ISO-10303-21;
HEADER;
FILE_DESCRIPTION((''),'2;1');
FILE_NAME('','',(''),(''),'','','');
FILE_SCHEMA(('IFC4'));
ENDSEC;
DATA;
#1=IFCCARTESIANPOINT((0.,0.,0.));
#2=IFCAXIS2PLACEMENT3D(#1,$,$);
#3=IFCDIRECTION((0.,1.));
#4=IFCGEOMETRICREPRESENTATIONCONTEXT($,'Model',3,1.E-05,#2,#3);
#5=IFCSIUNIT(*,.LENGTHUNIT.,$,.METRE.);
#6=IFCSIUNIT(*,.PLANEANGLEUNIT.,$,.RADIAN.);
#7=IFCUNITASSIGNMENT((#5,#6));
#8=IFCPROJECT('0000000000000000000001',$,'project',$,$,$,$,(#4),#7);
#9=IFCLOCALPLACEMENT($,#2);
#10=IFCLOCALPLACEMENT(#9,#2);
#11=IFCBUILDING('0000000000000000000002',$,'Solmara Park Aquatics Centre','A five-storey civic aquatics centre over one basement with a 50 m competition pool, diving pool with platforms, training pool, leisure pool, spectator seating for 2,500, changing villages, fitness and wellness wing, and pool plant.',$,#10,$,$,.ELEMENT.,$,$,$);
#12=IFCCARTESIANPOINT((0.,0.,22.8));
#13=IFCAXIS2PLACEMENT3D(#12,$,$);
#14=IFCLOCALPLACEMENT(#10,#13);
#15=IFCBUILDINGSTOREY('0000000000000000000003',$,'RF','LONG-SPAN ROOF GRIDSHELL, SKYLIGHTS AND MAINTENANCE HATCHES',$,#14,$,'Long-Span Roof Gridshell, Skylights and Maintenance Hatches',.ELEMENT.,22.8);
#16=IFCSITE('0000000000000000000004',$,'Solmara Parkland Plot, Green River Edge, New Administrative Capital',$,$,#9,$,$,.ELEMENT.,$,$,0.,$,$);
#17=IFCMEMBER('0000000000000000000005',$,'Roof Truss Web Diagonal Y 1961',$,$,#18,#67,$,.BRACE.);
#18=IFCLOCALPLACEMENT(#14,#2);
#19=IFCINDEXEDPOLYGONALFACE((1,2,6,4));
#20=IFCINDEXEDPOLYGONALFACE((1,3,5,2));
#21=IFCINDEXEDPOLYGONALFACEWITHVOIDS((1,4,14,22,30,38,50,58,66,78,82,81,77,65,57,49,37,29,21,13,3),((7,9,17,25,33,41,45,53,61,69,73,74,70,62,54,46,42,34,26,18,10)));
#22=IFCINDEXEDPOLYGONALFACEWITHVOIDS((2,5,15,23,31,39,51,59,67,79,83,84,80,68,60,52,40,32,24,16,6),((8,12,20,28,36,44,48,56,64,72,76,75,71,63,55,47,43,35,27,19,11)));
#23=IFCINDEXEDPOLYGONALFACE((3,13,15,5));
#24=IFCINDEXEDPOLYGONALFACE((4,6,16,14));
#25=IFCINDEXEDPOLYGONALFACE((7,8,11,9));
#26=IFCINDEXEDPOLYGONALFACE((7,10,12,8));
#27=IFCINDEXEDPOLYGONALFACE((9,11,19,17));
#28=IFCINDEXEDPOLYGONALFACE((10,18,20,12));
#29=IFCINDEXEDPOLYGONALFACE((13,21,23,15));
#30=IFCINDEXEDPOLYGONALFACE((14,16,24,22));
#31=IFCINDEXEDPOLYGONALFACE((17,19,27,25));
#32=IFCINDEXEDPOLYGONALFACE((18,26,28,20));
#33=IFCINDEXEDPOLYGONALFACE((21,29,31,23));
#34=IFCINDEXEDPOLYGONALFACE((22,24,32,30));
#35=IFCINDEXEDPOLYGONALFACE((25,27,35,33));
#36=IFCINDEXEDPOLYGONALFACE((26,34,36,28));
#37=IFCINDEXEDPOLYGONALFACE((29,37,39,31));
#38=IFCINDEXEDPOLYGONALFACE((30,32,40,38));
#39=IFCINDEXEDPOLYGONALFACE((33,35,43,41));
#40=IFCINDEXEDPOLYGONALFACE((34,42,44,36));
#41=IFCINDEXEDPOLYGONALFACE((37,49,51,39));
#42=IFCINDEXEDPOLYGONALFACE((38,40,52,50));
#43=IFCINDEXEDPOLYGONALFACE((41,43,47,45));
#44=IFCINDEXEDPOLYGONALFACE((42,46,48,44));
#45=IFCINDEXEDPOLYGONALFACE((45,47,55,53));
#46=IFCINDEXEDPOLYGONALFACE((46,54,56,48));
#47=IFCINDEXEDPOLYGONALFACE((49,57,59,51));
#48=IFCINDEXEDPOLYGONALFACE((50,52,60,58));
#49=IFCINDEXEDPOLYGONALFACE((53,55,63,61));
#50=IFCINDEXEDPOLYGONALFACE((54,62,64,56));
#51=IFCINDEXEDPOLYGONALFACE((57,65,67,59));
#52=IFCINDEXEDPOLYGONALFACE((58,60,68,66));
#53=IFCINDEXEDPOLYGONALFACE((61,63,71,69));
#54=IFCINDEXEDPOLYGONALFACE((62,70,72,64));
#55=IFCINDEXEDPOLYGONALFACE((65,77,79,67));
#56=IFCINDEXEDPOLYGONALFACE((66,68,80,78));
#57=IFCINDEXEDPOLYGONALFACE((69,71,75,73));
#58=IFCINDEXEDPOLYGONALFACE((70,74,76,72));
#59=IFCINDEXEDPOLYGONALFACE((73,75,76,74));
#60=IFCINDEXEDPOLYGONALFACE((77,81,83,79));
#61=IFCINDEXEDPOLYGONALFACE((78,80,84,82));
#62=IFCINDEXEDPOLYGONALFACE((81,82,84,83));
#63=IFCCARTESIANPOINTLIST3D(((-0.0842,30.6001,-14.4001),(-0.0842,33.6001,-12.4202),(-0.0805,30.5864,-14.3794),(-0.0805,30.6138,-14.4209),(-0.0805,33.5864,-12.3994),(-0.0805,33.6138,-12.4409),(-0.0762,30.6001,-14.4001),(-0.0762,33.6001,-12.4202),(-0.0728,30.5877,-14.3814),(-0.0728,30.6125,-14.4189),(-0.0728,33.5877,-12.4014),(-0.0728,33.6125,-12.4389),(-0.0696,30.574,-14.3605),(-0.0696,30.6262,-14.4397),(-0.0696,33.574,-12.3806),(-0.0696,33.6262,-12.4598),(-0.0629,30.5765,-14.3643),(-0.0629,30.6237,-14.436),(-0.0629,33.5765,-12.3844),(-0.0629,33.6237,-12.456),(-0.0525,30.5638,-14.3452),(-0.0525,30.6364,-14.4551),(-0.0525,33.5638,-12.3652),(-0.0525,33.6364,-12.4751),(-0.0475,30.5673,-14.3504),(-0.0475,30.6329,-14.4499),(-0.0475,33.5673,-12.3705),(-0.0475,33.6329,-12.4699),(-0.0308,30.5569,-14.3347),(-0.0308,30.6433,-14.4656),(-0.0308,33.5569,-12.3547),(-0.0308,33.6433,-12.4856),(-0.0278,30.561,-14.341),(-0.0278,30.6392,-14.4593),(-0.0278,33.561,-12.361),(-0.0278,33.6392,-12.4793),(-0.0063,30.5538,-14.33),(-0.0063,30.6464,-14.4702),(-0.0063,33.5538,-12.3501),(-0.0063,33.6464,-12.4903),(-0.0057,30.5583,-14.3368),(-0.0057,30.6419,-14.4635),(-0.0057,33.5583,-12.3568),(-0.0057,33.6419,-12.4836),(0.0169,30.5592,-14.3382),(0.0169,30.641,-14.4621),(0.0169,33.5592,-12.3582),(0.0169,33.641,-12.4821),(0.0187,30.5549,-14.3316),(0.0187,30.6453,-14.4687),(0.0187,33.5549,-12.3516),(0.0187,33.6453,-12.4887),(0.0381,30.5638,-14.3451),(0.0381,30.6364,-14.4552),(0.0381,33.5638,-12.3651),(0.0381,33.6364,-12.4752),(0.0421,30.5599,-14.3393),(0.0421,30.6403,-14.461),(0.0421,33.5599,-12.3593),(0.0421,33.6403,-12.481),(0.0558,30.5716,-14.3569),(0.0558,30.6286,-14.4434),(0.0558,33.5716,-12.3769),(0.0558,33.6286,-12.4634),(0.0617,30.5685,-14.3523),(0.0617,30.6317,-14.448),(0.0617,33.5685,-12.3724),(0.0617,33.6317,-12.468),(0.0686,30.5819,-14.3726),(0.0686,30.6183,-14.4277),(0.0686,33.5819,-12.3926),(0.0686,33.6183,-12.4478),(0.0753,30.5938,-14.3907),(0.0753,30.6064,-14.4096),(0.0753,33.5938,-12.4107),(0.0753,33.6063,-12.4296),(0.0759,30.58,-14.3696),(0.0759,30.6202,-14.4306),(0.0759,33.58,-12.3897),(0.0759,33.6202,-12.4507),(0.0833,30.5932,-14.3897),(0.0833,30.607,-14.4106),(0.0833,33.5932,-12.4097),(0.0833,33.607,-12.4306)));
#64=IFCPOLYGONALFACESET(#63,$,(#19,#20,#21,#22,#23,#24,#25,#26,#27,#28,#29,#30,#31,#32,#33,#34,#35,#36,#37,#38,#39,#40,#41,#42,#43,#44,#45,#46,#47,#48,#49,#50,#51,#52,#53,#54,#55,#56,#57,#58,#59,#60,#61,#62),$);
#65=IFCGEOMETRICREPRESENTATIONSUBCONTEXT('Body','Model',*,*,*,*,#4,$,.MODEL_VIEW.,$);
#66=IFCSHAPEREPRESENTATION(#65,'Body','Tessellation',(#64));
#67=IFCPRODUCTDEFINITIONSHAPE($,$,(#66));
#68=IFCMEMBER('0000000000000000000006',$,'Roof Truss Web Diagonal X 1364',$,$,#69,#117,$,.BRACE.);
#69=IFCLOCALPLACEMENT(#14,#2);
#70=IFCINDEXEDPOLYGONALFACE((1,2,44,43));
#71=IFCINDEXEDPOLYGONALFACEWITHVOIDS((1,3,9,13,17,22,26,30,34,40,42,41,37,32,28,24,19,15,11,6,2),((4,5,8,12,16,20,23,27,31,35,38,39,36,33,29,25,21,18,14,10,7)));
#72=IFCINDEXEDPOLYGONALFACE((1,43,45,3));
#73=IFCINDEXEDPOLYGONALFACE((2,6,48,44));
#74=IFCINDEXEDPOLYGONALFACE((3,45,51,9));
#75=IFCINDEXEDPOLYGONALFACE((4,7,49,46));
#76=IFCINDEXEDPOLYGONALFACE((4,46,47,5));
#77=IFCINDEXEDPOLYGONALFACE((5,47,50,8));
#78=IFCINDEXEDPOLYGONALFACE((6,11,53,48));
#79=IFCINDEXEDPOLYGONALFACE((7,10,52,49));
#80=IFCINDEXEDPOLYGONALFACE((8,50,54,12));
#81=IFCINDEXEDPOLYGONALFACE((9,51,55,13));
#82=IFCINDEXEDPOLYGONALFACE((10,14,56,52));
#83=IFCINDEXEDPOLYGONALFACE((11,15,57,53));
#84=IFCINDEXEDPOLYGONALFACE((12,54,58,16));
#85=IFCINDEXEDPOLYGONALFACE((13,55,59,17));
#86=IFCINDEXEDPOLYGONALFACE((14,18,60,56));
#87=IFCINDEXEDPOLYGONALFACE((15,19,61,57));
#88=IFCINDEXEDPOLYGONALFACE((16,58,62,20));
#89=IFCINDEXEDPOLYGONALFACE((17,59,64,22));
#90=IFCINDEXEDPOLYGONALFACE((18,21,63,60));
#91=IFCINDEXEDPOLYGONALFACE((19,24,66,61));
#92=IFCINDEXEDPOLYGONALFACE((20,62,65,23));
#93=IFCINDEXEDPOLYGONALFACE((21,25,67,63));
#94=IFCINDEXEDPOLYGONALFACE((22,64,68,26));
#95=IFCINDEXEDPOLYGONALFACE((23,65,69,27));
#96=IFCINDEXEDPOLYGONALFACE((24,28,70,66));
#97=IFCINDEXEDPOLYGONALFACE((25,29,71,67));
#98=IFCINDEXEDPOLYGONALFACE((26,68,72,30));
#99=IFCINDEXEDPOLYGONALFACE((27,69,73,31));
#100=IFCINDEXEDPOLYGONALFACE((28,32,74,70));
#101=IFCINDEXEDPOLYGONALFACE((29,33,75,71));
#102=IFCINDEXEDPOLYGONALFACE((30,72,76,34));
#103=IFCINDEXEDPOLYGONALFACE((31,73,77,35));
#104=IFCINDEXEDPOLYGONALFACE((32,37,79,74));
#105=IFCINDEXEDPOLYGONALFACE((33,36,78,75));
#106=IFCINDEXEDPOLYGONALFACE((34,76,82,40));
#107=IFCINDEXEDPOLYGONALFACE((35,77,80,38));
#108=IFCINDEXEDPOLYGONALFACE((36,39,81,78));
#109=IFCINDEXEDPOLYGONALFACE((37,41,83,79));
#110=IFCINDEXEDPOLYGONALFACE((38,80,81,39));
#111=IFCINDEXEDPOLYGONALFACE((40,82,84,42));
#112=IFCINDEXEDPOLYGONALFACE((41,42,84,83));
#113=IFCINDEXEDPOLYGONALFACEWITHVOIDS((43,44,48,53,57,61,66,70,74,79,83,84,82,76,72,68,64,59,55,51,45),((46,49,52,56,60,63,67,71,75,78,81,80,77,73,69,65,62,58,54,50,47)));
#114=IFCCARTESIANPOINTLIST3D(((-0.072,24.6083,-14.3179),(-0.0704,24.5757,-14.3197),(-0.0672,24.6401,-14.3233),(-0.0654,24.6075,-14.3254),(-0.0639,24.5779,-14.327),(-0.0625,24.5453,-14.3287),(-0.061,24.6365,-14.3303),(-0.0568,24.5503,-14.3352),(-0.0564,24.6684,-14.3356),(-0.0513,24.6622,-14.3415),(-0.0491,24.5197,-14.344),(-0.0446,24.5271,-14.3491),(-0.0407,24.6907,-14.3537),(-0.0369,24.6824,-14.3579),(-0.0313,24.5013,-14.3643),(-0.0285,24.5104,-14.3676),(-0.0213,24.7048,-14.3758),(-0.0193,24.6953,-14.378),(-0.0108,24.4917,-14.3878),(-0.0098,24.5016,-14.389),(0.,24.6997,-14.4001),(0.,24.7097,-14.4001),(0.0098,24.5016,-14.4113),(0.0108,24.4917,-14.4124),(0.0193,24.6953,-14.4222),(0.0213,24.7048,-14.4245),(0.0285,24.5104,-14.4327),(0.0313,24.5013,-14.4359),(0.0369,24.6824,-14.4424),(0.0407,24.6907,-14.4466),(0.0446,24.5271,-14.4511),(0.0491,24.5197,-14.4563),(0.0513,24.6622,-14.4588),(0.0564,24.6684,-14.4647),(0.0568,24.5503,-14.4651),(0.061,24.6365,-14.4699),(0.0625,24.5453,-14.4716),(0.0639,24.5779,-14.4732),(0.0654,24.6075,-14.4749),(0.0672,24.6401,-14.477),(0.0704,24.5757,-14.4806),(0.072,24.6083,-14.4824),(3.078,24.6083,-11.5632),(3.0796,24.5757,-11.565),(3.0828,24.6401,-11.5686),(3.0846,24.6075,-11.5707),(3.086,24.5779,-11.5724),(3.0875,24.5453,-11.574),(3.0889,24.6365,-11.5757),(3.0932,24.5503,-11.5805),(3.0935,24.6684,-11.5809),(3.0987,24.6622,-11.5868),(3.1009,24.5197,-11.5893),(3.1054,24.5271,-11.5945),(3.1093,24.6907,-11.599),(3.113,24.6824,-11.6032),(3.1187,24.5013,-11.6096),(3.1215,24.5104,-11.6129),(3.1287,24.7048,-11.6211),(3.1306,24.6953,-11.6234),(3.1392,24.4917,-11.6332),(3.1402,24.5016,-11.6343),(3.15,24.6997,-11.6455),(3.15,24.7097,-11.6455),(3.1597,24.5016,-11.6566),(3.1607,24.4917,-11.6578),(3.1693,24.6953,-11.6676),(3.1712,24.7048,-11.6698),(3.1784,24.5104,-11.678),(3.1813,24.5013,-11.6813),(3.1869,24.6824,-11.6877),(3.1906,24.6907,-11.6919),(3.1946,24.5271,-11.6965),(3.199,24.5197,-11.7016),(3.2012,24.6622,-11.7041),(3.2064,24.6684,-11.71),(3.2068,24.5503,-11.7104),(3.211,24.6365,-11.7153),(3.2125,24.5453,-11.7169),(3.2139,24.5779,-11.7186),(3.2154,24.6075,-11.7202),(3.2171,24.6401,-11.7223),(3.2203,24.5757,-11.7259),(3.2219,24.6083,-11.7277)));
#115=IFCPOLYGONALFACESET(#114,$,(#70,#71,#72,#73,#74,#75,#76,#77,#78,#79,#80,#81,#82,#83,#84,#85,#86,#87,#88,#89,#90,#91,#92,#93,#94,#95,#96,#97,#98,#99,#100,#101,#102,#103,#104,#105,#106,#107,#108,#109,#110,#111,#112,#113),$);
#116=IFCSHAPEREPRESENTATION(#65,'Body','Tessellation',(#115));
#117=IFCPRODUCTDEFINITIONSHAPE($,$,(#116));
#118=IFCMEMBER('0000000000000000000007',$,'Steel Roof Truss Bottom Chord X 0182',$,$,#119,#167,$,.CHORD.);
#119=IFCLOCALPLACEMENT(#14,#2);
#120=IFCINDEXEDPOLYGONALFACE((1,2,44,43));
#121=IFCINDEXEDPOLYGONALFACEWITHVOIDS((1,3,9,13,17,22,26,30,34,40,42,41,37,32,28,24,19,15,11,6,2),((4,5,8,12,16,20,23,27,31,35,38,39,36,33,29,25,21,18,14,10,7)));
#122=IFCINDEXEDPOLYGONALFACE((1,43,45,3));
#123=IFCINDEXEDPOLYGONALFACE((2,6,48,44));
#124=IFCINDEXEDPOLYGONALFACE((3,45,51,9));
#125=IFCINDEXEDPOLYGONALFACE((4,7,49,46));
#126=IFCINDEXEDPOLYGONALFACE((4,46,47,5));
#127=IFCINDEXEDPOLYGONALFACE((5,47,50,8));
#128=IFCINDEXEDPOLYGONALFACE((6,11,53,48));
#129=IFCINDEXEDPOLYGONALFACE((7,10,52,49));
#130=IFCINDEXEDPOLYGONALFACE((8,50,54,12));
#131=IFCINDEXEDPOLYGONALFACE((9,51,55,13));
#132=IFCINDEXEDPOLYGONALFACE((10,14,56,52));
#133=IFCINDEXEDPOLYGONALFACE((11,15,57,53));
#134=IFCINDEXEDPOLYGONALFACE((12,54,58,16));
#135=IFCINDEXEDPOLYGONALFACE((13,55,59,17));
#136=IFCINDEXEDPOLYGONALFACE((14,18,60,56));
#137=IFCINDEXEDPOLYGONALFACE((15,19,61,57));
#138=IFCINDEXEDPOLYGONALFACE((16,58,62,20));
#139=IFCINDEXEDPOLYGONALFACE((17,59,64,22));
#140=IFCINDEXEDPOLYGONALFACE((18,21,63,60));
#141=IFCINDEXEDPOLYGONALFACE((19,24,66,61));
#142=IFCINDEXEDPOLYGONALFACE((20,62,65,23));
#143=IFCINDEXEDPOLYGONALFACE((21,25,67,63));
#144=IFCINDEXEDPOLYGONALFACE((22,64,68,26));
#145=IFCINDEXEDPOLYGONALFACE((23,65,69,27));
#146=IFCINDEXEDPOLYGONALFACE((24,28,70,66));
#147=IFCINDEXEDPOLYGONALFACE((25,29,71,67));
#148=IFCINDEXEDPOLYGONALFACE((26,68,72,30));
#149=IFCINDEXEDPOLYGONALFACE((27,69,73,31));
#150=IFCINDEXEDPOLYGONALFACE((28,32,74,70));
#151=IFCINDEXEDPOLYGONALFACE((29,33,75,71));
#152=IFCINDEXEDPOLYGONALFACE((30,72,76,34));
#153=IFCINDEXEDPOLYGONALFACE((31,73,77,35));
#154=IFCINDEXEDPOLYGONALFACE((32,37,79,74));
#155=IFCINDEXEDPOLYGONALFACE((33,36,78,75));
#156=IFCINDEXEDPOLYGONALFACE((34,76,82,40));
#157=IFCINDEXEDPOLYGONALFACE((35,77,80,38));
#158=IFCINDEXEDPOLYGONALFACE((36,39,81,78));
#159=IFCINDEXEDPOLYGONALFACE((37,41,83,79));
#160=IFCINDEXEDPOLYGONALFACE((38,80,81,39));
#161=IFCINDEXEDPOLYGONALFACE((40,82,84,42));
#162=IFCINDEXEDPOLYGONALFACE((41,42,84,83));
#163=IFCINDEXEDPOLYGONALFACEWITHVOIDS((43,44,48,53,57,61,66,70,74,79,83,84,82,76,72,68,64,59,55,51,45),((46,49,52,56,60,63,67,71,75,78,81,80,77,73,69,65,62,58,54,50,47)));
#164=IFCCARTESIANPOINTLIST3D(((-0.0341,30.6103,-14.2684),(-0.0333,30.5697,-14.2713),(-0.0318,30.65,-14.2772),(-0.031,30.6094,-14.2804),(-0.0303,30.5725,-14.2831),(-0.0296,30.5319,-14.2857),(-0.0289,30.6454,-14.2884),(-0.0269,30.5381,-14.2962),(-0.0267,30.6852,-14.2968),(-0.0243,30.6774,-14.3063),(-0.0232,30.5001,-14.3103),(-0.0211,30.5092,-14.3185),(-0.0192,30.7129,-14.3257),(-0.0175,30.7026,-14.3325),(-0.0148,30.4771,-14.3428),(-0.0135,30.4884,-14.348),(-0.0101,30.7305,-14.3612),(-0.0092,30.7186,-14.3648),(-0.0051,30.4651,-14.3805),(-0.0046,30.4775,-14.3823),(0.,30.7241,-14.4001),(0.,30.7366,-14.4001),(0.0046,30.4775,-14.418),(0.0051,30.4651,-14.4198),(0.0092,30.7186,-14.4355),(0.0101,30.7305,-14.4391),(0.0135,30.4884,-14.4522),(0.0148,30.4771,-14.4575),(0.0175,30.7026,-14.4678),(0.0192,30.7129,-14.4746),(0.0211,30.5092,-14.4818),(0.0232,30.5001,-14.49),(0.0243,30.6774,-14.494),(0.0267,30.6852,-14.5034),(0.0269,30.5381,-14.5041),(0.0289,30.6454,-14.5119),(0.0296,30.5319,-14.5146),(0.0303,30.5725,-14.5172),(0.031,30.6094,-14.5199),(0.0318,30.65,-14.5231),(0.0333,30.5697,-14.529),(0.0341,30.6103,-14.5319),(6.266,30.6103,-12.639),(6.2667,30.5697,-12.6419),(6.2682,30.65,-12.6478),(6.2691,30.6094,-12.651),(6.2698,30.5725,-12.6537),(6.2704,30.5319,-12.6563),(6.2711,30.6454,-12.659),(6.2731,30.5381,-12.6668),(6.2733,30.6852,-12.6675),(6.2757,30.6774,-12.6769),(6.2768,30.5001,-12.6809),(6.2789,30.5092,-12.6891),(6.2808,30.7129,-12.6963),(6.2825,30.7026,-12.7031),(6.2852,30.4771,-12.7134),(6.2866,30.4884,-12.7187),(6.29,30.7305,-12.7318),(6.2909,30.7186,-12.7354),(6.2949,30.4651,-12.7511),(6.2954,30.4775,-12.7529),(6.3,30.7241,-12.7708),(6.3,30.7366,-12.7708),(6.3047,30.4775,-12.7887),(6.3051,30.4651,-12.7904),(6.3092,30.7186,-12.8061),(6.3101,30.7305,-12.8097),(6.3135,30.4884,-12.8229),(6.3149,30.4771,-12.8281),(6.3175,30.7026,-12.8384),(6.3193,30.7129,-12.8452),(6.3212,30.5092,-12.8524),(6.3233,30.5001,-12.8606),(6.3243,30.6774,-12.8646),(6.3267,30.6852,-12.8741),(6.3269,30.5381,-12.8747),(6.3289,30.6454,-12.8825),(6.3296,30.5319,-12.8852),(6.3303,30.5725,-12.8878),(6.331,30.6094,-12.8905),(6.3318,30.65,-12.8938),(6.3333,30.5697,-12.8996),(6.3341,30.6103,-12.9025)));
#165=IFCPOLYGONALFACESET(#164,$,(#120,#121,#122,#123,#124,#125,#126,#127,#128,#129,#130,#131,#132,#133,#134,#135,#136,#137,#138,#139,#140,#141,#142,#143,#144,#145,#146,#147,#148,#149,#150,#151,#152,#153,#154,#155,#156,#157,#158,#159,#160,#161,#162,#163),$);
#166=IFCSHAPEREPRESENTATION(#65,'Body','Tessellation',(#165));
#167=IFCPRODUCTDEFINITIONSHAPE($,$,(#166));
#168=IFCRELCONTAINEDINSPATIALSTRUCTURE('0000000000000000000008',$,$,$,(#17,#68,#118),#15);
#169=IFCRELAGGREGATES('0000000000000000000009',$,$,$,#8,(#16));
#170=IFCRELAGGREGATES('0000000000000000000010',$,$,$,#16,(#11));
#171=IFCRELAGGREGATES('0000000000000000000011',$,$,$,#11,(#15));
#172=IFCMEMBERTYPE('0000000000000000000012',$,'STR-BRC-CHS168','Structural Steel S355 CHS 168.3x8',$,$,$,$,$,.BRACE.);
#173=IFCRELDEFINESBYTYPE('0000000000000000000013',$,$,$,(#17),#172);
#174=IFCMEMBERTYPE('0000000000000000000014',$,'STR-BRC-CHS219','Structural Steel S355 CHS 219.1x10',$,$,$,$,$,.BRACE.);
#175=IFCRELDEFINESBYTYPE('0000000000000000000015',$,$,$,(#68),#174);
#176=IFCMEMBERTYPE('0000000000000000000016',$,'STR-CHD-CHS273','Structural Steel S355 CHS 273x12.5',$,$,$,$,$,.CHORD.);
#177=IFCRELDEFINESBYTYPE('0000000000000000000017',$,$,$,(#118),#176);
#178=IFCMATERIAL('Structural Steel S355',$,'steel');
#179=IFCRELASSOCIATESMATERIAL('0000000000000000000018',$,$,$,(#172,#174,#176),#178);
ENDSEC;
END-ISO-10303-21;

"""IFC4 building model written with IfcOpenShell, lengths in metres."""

from ifc_helpers import new_model, si_unit, direction, frame, origin, origin_2d, place, context, subcontext, project, spatial, hollow_circle, extrude, material, material_profile, profile_set, type_object, element, save


model = new_model("IFC4")

# Units and contexts
model_context = context("Model", 3, precision=1e-05, world=origin(), true_north=direction((0.0, 1.0)))
body_context = subcontext(model_context, "Body", "Model", "MODEL_VIEW")
ifc_project = project(units=[si_unit("LENGTHUNIT", "METRE"), si_unit("PLANEANGLEUNIT", "RADIAN")], contexts=[model_context])

# Site, building, storey
site_placement = place(None, origin())
site = spatial("IfcSite", under=ifc_project, at=site_placement, Name="Solmara Parkland Plot, Green River Edge, New Administrative Capital", CompositionType="ELEMENT", RefElevation=0.0)
building_placement = place(site_placement, origin())
building = spatial("IfcBuilding", under=site, at=building_placement, Name="Solmara Park Aquatics Centre", Description="A five-storey civic aquatics centre over one basement with a 50 m competition pool, diving pool with platforms, training pool, leisure pool, spectator seating for 2,500, changing villages, fitness and wellness wing, and pool plant.", CompositionType="ELEMENT")
storey_placement = place(building_placement, frame((0.0, 0.0, 22.8)))
storey = spatial("IfcBuildingStorey", under=building, at=storey_placement, Name="RF", Description="LONG-SPAN ROOF GRIDSHELL, SKYLIGHTS AND MAINTENANCE HATCHES", LongName="Long-Span Roof Gridshell, Skylights and Maintenance Hatches", CompositionType="ELEMENT", Elevation=22.8)

# Members
ifc_material_1 = material(Name="Structural Steel S355", Category="steel")
ifc_material_profile_1 = material_profile(ifc_material_1, hollow_circle(Radius=0.0842, WallThickness=0.0081, at=origin_2d()), Name="CHS 168.3x8")
ifc_profile_set_1 = profile_set([ifc_material_profile_1], Name="Structural Steel S355")
member_type_1 = type_object("IfcMemberType", Name="STR-BRC-CHS168", Description="Structural Steel S355 CHS 168.3x8", PredefinedType="BRACE", material=ifc_profile_set_1)
for number, where, z_axis, x_axis, name in (
    (1, (0.0, 30.6001, -14.4001), (0.0, 0.834612, 0.550838), (-1.0, 0.0, 0.0), "Roof Truss Web Diagonal Y 1961"),
):
    element("IfcMember", number, at=place(storey_placement, frame(where, z_axis=z_axis, x_axis=x_axis)), inside=storey, type_object=member_type_1, Name=name, PredefinedType="BRACE", context=body_context, shape_type="SweptSolid", body=[
        extrude(hollow_circle(Radius=0.0842, WallThickness=0.0081, at=origin_2d()), origin(), (0.0, 0.0, 1.0), 3.5945),
    ])
ifc_material_profile_2 = material_profile(ifc_material_1, hollow_circle(Radius=0.1096, WallThickness=0.01, at=origin_2d()), Name="CHS 219.1x10")
ifc_profile_set_2 = profile_set([ifc_material_profile_2], Name="Structural Steel S355")
member_type_2 = type_object("IfcMemberType", Name="STR-BRC-CHS219", Description="Structural Steel S355 CHS 219.1x10", PredefinedType="BRACE", material=ifc_profile_set_2)
member_1_placement = place(storey_placement, frame((0.0, 24.6001, -14.4001), z_axis=(0.752757, 0.0, 0.658298), x_axis=(0.0, 1.0, 0.0)))
element("IfcMember", 2, at=member_1_placement, inside=storey, type_object=member_type_2, Name="Roof Truss Web Diagonal X 1364", PredefinedType="BRACE", context=body_context, shape_type="SweptSolid", body=[
    extrude(hollow_circle(Radius=0.1096, WallThickness=0.01, at=origin_2d()), origin(), (0.0, 0.0, 1.0), 4.1846),
])
ifc_material_profile_3 = material_profile(ifc_material_1, hollow_circle(Radius=0.1365, WallThickness=0.0125, at=origin_2d()), Name="CHS 273x12.5")
ifc_profile_set_3 = profile_set([ifc_material_profile_3], Name="Structural Steel S355")
member_type_3 = type_object("IfcMemberType", Name="STR-CHD-CHS273", Description="Structural Steel S355 CHS 273x12.5", PredefinedType="CHORD", material=ifc_profile_set_3)
member_2_placement = place(storey_placement, frame((0.0, 30.6001, -14.4001), z_axis=(0.968144, 0.0, 0.250393), x_axis=(0.0, 1.0, 0.0)))
element("IfcMember", 3, at=member_2_placement, inside=storey, type_object=member_type_3, Name="Steel Roof Truss Bottom Chord X 0182", PredefinedType="CHORD", context=body_context, shape_type="SweptSolid", body=[
    extrude(hollow_circle(Radius=0.1365, WallThickness=0.0125, at=origin_2d()), origin(), (0.0, 0.0, 1.0), 6.5073),
])

save(model, "model.ifc")
